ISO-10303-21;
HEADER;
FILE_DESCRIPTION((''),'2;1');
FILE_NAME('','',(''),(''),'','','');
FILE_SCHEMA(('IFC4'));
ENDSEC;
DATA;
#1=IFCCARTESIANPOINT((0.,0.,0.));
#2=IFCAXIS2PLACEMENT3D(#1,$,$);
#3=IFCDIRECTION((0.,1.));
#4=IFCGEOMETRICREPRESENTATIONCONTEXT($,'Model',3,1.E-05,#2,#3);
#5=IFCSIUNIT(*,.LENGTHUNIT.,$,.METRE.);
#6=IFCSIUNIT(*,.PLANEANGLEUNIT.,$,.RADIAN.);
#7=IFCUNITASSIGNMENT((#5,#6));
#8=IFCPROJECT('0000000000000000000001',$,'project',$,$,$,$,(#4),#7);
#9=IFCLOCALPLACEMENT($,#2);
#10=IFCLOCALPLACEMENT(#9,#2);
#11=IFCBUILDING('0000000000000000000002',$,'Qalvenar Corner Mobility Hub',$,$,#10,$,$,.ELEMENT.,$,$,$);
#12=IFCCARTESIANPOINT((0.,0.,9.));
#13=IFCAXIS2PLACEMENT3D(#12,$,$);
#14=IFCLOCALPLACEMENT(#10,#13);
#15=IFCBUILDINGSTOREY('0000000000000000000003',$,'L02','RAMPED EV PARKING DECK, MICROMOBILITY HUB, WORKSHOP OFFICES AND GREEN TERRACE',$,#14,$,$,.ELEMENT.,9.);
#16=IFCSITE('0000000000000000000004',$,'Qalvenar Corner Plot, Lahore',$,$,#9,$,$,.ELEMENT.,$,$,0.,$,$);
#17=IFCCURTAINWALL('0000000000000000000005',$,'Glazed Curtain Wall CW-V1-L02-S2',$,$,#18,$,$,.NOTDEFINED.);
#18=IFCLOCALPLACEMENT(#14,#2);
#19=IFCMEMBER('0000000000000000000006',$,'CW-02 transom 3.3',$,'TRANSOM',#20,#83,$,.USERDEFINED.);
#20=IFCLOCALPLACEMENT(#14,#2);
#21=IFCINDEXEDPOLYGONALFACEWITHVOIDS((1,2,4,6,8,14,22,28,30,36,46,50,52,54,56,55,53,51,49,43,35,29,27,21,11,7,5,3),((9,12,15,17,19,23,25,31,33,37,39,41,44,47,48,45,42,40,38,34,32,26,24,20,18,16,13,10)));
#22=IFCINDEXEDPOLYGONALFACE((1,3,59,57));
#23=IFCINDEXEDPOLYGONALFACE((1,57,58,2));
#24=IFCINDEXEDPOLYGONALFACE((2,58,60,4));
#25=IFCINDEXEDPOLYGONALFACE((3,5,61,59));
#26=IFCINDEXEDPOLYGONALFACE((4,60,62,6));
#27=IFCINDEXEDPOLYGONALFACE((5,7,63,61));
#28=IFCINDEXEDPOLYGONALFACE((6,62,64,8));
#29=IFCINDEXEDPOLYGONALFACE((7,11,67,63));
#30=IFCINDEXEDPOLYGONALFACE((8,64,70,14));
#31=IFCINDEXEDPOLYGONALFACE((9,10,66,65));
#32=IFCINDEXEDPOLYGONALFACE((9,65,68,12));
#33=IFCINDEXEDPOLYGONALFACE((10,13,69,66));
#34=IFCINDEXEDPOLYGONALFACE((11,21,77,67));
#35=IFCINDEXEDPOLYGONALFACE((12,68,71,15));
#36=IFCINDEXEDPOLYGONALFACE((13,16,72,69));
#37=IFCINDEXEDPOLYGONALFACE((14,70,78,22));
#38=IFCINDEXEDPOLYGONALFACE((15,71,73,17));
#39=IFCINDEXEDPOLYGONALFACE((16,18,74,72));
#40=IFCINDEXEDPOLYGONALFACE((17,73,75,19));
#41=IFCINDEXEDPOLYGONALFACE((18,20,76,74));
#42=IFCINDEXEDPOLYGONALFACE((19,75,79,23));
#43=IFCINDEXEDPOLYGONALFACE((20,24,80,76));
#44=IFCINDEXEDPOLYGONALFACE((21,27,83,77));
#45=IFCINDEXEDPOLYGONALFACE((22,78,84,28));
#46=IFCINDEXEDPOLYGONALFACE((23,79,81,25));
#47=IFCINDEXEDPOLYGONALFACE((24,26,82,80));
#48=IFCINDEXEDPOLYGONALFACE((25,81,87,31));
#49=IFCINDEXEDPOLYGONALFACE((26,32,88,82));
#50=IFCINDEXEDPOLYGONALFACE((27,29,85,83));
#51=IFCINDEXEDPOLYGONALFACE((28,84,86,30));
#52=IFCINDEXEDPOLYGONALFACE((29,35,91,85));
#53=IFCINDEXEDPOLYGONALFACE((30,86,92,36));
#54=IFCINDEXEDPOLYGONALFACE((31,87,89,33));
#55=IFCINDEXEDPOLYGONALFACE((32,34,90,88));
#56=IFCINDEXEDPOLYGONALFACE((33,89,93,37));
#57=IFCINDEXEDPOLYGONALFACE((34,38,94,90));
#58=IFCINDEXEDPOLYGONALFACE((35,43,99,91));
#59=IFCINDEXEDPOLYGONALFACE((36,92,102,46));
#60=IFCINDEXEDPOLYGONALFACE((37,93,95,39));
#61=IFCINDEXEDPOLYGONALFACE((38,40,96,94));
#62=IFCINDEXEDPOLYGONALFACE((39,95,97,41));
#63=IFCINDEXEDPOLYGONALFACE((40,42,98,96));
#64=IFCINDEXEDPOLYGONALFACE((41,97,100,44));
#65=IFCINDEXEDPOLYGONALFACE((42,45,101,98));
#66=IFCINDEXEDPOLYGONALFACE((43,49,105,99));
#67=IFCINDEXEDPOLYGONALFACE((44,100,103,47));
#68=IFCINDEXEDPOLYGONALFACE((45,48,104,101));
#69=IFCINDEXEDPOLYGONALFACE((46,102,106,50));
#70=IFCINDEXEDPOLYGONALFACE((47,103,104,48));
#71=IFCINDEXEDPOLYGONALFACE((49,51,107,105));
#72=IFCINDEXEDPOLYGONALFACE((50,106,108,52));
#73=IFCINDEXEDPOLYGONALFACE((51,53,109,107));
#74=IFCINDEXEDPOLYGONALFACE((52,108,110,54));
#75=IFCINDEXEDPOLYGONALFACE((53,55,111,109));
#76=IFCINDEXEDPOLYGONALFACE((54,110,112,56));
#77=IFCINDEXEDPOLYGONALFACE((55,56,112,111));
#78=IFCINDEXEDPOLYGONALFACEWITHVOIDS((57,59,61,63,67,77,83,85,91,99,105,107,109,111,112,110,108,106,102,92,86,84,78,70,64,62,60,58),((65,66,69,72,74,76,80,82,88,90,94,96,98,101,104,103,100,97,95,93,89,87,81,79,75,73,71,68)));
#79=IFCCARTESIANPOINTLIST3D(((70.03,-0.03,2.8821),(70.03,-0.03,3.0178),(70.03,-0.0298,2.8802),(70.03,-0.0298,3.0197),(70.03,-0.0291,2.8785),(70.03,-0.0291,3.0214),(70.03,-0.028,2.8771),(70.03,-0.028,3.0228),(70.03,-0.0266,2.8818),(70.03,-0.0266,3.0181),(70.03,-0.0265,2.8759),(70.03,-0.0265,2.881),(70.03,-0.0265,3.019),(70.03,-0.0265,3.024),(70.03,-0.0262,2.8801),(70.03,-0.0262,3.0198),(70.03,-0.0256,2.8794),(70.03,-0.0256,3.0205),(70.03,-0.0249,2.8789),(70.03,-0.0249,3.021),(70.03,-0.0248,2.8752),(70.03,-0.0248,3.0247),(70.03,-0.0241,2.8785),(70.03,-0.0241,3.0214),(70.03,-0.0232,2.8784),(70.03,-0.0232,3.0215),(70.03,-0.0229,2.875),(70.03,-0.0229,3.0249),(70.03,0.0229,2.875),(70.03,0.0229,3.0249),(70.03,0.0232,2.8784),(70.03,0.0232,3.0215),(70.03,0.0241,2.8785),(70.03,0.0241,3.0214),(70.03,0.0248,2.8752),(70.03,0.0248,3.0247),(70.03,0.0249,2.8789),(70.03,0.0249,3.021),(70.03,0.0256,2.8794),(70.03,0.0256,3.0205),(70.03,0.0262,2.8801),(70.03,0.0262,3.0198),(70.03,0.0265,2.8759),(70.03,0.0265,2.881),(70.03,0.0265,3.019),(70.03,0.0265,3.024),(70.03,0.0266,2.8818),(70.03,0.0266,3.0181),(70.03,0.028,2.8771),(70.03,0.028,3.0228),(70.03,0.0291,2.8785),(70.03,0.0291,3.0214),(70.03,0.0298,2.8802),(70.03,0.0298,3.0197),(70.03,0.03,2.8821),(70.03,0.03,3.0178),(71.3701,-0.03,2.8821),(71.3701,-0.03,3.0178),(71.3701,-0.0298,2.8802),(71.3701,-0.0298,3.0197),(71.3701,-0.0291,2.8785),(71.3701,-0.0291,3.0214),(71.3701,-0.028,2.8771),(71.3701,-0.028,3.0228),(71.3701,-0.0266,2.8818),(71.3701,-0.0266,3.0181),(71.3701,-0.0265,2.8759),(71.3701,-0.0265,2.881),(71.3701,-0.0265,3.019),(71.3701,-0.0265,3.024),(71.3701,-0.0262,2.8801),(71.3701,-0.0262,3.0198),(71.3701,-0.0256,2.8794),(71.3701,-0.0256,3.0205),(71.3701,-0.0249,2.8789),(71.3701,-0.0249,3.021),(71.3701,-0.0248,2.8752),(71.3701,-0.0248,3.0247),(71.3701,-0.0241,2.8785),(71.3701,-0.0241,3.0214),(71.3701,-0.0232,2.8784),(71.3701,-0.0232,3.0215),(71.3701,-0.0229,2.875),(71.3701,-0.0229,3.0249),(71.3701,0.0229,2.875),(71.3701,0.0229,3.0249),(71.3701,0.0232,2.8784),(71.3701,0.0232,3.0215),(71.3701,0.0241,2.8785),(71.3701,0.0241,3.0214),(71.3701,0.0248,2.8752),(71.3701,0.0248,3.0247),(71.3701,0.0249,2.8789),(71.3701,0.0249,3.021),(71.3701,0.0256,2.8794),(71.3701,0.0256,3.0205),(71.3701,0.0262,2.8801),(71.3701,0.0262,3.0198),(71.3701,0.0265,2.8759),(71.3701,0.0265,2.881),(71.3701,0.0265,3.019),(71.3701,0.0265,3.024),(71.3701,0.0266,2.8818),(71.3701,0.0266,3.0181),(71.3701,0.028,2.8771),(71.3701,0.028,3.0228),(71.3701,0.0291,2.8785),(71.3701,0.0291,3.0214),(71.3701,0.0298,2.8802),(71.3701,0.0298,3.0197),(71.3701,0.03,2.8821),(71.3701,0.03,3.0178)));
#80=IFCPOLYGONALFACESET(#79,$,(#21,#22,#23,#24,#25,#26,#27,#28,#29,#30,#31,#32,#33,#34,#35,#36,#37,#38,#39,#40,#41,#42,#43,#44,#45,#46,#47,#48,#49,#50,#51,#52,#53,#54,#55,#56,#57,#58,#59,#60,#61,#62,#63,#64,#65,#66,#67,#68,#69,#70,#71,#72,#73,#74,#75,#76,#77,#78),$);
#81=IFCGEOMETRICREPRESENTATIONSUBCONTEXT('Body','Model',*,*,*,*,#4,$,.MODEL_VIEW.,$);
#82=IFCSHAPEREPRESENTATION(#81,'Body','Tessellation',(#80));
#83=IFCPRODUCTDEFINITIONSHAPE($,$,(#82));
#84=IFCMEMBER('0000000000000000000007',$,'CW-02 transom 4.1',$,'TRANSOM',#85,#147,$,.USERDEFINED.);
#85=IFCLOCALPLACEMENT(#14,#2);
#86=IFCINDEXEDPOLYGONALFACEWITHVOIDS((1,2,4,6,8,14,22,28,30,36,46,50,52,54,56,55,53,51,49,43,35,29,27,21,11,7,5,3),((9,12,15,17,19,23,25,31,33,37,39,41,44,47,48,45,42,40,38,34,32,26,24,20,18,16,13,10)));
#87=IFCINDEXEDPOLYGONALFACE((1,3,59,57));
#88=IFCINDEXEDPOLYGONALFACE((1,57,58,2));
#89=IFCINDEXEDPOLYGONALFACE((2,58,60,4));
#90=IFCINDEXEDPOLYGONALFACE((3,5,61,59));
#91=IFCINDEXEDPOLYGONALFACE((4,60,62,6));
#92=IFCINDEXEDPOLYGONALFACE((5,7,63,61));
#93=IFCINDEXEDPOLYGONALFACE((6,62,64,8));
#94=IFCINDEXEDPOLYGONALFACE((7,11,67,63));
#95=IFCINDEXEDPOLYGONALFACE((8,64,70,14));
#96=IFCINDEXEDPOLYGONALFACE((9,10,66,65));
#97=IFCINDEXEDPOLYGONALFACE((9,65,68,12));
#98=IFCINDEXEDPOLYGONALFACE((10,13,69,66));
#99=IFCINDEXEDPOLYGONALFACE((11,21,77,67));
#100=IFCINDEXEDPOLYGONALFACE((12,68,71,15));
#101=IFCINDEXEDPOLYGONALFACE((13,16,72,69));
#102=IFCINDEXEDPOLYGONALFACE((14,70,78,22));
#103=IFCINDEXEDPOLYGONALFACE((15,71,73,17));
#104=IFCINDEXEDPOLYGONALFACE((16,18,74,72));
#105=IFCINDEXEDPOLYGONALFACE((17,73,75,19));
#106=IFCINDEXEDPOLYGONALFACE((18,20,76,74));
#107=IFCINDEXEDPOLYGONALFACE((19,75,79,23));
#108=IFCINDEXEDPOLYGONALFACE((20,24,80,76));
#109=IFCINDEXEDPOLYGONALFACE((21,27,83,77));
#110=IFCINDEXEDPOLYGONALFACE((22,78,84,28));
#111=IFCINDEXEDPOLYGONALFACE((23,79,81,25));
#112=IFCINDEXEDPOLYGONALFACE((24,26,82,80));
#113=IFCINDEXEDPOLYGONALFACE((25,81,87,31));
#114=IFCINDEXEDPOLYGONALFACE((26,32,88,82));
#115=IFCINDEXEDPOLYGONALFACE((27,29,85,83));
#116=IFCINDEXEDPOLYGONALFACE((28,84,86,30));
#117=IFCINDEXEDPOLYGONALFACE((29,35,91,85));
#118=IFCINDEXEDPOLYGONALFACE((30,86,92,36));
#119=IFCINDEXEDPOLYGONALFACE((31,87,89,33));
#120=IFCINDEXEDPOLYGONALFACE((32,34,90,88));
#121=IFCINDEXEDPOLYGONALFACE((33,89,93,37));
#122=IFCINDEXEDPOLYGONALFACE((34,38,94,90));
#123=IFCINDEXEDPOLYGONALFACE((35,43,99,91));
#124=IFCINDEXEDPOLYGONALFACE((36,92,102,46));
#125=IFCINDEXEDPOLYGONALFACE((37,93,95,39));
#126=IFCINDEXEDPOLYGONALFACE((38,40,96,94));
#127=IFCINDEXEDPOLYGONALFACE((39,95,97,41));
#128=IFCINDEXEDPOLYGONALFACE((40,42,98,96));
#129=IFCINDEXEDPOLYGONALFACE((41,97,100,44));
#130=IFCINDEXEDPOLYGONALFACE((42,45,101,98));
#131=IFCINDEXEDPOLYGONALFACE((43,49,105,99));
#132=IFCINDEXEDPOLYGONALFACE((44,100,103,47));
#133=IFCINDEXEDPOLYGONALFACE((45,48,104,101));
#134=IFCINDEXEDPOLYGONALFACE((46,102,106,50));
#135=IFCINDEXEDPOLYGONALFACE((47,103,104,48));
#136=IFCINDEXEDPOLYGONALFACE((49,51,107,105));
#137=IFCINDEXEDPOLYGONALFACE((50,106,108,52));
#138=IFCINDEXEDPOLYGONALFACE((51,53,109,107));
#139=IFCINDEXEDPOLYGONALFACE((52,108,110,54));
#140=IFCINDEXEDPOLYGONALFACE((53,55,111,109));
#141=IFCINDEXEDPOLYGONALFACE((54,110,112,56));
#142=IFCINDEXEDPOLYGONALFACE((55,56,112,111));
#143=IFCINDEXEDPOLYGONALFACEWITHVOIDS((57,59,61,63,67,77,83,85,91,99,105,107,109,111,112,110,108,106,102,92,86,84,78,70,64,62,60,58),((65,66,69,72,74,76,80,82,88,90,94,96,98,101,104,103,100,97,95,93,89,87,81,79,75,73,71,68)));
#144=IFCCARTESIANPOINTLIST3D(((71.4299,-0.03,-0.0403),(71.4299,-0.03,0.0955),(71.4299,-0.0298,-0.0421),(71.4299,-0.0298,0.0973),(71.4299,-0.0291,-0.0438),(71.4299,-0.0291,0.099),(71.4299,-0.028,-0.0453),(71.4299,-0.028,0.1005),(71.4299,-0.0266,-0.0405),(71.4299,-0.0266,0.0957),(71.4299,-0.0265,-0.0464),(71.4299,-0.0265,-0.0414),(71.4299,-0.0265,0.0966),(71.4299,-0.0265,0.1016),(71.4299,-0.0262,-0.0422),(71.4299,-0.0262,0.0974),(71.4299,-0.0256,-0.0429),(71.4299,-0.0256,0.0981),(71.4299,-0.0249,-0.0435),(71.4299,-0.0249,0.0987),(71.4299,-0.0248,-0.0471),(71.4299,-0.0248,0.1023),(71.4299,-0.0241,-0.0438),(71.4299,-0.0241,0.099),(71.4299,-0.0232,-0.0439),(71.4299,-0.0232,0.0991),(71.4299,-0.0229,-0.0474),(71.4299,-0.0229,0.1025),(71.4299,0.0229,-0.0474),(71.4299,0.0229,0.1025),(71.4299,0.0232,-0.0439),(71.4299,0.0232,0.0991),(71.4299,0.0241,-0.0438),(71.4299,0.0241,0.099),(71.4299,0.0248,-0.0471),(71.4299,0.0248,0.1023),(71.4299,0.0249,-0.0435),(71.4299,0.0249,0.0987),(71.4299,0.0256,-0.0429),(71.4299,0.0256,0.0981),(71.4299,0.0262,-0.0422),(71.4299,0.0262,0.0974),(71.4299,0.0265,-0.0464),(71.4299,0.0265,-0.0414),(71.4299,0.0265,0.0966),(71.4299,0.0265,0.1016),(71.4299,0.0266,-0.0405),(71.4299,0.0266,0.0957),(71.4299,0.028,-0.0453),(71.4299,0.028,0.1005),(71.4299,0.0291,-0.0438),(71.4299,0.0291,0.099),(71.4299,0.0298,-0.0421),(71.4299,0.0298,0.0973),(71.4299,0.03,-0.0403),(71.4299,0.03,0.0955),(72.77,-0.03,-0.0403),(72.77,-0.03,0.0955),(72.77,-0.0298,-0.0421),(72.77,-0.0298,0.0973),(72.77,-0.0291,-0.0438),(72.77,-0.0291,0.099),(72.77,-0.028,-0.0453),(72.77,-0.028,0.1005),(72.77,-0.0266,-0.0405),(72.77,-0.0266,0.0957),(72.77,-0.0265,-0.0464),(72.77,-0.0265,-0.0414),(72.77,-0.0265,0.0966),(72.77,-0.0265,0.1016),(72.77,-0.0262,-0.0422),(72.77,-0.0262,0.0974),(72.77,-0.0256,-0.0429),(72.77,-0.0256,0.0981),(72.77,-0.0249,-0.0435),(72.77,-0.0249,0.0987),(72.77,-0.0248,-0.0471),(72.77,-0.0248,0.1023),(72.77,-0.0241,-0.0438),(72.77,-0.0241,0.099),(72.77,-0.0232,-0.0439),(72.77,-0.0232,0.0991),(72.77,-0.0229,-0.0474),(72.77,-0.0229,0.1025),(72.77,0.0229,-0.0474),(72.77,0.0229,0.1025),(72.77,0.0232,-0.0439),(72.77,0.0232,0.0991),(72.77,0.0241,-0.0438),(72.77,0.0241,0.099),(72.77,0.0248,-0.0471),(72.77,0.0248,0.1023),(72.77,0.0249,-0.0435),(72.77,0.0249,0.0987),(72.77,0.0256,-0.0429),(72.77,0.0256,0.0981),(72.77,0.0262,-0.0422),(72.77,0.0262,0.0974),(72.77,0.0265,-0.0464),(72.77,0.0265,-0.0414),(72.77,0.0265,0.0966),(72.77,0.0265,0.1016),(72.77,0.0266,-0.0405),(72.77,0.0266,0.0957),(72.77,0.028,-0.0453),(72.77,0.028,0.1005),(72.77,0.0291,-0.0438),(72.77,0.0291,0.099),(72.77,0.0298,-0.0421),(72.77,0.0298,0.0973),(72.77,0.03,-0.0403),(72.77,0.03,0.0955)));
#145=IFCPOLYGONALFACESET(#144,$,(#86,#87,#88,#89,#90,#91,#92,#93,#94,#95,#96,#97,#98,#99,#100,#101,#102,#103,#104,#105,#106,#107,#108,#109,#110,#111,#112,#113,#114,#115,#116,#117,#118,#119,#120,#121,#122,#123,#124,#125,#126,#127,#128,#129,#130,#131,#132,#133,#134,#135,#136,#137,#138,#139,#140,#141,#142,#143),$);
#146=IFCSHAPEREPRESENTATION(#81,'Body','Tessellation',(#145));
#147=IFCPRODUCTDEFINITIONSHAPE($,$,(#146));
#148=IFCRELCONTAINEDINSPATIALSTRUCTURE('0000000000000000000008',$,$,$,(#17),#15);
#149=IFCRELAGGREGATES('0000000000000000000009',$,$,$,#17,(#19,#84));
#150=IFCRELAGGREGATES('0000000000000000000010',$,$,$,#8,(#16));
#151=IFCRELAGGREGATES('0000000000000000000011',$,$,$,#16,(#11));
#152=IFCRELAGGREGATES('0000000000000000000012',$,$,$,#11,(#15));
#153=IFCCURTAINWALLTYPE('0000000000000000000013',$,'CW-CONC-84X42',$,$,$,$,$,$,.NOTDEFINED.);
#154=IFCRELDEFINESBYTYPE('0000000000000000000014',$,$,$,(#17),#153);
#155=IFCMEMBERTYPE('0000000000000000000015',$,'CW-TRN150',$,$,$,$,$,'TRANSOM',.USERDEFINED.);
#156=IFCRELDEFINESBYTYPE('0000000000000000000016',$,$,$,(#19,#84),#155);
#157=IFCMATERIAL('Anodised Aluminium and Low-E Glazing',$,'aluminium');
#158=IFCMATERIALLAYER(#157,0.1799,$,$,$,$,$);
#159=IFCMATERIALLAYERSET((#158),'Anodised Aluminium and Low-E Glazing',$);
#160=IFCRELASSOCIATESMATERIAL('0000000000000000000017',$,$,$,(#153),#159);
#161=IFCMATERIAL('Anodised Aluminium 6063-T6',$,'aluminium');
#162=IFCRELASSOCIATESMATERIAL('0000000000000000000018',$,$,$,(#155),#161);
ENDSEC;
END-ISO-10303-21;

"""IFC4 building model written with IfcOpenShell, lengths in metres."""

from ifc_helpers import new_model, si_unit, direction, frame, origin, origin_2d, place, context, subcontext, project, spatial, hollow_rectangle, extrude, material, layer, layer_set, material_profile, profile_set, type_object, element, aggregate, save


model = new_model("IFC4")

# Units and contexts
model_context = context("Model", 3, precision=1e-05, world=origin(), true_north=direction((0.0, 1.0)))
body_context = subcontext(model_context, "Body", "Model", "MODEL_VIEW")
ifc_project = project(units=[si_unit("LENGTHUNIT", "METRE"), si_unit("PLANEANGLEUNIT", "RADIAN")], contexts=[model_context])

# Site, building, storey
site_placement = place(None, origin())
site = spatial("IfcSite", under=ifc_project, at=site_placement, Name="Qalvenar Corner Plot, Lahore", CompositionType="ELEMENT", RefElevation=0.0)
building_placement = place(site_placement, origin())
building = spatial("IfcBuilding", under=site, at=building_placement, Name="Qalvenar Corner Mobility Hub", CompositionType="ELEMENT")
storey_placement = place(building_placement, frame((0.0, 0.0, 9.0)))
storey = spatial("IfcBuildingStorey", under=building, at=storey_placement, Name="L02", Description="RAMPED EV PARKING DECK, MICROMOBILITY HUB, WORKSHOP OFFICES AND GREEN TERRACE", CompositionType="ELEMENT", Elevation=9.0)

# Curtain wall, members
ifc_material_1 = material(Name="Anodised Aluminium and Low-E Glazing", Category="aluminium")
ifc_layer_1 = layer(ifc_material_1, 0.1799)
ifc_layer_set_1 = layer_set([ifc_layer_1], Name="Anodised Aluminium and Low-E Glazing")
curtain_wall_type = type_object("IfcCurtainWallType", Name="CW-CONC-84X42", PredefinedType="NOTDEFINED", material=ifc_layer_set_1)
curtain_wall_placement = place(storey_placement, origin())
curtain_wall = element("IfcCurtainWall", 1, at=curtain_wall_placement, inside=storey, type_object=curtain_wall_type, Name="Glazed Curtain Wall CW-V1-L02-S2", PredefinedType="NOTDEFINED")
ifc_material_2 = material(Name="Anodised Aluminium 6063-T6", Category="aluminium")
ifc_material_profile_1 = material_profile(ifc_material_2, hollow_rectangle(XDim=0.0601, YDim=0.1499, WallThickness=0.0034, InnerFilletRadius=0.0034, OuterFilletRadius=0.0071, at=origin_2d()), Name="RHS150x60x3.5")
ifc_profile_set_1 = profile_set([ifc_material_profile_1], Name="Anodised Aluminium 6063-T6")
member_type_1 = type_object("IfcMemberType", Name="CW-TRN150", ElementType="TRANSOM", PredefinedType="USERDEFINED", material=ifc_profile_set_1)
member_1_placement = place(storey_placement, frame((70.03, 0.0, 2.95), z_axis=(1.0, 0.0, 0.0), x_axis=(0.0, 1.0, 0.0)))
member_1 = element("IfcMember", 2, at=member_1_placement, type_object=member_type_1, Name="CW-02 transom 3.3", ObjectType="TRANSOM", PredefinedType="USERDEFINED", context=body_context, shape_type="SweptSolid", body=[
    extrude(hollow_rectangle(XDim=0.0601, YDim=0.1499, WallThickness=0.0034, InnerFilletRadius=0.0034, OuterFilletRadius=0.0071, at=origin_2d()), origin(), (0.0, 0.0, 1.0), 1.3401),
])
member_2_placement = place(storey_placement, frame((71.4299, 0.0, 0.0276), z_axis=(1.0, 0.0, 0.0), x_axis=(0.0, 1.0, 0.0)))
member_2 = element("IfcMember", 3, at=member_2_placement, type_object=member_type_1, Name="CW-02 transom 4.1", ObjectType="TRANSOM", PredefinedType="USERDEFINED", context=body_context, shape_type="SweptSolid", body=[
    extrude(hollow_rectangle(XDim=0.0601, YDim=0.1499, WallThickness=0.0034, InnerFilletRadius=0.0034, OuterFilletRadius=0.0071, at=origin_2d()), origin(), (0.0, 0.0, 1.0), 1.3401),
])
aggregate(curtain_wall, [member_1, member_2])

save(model, "model.ifc")
